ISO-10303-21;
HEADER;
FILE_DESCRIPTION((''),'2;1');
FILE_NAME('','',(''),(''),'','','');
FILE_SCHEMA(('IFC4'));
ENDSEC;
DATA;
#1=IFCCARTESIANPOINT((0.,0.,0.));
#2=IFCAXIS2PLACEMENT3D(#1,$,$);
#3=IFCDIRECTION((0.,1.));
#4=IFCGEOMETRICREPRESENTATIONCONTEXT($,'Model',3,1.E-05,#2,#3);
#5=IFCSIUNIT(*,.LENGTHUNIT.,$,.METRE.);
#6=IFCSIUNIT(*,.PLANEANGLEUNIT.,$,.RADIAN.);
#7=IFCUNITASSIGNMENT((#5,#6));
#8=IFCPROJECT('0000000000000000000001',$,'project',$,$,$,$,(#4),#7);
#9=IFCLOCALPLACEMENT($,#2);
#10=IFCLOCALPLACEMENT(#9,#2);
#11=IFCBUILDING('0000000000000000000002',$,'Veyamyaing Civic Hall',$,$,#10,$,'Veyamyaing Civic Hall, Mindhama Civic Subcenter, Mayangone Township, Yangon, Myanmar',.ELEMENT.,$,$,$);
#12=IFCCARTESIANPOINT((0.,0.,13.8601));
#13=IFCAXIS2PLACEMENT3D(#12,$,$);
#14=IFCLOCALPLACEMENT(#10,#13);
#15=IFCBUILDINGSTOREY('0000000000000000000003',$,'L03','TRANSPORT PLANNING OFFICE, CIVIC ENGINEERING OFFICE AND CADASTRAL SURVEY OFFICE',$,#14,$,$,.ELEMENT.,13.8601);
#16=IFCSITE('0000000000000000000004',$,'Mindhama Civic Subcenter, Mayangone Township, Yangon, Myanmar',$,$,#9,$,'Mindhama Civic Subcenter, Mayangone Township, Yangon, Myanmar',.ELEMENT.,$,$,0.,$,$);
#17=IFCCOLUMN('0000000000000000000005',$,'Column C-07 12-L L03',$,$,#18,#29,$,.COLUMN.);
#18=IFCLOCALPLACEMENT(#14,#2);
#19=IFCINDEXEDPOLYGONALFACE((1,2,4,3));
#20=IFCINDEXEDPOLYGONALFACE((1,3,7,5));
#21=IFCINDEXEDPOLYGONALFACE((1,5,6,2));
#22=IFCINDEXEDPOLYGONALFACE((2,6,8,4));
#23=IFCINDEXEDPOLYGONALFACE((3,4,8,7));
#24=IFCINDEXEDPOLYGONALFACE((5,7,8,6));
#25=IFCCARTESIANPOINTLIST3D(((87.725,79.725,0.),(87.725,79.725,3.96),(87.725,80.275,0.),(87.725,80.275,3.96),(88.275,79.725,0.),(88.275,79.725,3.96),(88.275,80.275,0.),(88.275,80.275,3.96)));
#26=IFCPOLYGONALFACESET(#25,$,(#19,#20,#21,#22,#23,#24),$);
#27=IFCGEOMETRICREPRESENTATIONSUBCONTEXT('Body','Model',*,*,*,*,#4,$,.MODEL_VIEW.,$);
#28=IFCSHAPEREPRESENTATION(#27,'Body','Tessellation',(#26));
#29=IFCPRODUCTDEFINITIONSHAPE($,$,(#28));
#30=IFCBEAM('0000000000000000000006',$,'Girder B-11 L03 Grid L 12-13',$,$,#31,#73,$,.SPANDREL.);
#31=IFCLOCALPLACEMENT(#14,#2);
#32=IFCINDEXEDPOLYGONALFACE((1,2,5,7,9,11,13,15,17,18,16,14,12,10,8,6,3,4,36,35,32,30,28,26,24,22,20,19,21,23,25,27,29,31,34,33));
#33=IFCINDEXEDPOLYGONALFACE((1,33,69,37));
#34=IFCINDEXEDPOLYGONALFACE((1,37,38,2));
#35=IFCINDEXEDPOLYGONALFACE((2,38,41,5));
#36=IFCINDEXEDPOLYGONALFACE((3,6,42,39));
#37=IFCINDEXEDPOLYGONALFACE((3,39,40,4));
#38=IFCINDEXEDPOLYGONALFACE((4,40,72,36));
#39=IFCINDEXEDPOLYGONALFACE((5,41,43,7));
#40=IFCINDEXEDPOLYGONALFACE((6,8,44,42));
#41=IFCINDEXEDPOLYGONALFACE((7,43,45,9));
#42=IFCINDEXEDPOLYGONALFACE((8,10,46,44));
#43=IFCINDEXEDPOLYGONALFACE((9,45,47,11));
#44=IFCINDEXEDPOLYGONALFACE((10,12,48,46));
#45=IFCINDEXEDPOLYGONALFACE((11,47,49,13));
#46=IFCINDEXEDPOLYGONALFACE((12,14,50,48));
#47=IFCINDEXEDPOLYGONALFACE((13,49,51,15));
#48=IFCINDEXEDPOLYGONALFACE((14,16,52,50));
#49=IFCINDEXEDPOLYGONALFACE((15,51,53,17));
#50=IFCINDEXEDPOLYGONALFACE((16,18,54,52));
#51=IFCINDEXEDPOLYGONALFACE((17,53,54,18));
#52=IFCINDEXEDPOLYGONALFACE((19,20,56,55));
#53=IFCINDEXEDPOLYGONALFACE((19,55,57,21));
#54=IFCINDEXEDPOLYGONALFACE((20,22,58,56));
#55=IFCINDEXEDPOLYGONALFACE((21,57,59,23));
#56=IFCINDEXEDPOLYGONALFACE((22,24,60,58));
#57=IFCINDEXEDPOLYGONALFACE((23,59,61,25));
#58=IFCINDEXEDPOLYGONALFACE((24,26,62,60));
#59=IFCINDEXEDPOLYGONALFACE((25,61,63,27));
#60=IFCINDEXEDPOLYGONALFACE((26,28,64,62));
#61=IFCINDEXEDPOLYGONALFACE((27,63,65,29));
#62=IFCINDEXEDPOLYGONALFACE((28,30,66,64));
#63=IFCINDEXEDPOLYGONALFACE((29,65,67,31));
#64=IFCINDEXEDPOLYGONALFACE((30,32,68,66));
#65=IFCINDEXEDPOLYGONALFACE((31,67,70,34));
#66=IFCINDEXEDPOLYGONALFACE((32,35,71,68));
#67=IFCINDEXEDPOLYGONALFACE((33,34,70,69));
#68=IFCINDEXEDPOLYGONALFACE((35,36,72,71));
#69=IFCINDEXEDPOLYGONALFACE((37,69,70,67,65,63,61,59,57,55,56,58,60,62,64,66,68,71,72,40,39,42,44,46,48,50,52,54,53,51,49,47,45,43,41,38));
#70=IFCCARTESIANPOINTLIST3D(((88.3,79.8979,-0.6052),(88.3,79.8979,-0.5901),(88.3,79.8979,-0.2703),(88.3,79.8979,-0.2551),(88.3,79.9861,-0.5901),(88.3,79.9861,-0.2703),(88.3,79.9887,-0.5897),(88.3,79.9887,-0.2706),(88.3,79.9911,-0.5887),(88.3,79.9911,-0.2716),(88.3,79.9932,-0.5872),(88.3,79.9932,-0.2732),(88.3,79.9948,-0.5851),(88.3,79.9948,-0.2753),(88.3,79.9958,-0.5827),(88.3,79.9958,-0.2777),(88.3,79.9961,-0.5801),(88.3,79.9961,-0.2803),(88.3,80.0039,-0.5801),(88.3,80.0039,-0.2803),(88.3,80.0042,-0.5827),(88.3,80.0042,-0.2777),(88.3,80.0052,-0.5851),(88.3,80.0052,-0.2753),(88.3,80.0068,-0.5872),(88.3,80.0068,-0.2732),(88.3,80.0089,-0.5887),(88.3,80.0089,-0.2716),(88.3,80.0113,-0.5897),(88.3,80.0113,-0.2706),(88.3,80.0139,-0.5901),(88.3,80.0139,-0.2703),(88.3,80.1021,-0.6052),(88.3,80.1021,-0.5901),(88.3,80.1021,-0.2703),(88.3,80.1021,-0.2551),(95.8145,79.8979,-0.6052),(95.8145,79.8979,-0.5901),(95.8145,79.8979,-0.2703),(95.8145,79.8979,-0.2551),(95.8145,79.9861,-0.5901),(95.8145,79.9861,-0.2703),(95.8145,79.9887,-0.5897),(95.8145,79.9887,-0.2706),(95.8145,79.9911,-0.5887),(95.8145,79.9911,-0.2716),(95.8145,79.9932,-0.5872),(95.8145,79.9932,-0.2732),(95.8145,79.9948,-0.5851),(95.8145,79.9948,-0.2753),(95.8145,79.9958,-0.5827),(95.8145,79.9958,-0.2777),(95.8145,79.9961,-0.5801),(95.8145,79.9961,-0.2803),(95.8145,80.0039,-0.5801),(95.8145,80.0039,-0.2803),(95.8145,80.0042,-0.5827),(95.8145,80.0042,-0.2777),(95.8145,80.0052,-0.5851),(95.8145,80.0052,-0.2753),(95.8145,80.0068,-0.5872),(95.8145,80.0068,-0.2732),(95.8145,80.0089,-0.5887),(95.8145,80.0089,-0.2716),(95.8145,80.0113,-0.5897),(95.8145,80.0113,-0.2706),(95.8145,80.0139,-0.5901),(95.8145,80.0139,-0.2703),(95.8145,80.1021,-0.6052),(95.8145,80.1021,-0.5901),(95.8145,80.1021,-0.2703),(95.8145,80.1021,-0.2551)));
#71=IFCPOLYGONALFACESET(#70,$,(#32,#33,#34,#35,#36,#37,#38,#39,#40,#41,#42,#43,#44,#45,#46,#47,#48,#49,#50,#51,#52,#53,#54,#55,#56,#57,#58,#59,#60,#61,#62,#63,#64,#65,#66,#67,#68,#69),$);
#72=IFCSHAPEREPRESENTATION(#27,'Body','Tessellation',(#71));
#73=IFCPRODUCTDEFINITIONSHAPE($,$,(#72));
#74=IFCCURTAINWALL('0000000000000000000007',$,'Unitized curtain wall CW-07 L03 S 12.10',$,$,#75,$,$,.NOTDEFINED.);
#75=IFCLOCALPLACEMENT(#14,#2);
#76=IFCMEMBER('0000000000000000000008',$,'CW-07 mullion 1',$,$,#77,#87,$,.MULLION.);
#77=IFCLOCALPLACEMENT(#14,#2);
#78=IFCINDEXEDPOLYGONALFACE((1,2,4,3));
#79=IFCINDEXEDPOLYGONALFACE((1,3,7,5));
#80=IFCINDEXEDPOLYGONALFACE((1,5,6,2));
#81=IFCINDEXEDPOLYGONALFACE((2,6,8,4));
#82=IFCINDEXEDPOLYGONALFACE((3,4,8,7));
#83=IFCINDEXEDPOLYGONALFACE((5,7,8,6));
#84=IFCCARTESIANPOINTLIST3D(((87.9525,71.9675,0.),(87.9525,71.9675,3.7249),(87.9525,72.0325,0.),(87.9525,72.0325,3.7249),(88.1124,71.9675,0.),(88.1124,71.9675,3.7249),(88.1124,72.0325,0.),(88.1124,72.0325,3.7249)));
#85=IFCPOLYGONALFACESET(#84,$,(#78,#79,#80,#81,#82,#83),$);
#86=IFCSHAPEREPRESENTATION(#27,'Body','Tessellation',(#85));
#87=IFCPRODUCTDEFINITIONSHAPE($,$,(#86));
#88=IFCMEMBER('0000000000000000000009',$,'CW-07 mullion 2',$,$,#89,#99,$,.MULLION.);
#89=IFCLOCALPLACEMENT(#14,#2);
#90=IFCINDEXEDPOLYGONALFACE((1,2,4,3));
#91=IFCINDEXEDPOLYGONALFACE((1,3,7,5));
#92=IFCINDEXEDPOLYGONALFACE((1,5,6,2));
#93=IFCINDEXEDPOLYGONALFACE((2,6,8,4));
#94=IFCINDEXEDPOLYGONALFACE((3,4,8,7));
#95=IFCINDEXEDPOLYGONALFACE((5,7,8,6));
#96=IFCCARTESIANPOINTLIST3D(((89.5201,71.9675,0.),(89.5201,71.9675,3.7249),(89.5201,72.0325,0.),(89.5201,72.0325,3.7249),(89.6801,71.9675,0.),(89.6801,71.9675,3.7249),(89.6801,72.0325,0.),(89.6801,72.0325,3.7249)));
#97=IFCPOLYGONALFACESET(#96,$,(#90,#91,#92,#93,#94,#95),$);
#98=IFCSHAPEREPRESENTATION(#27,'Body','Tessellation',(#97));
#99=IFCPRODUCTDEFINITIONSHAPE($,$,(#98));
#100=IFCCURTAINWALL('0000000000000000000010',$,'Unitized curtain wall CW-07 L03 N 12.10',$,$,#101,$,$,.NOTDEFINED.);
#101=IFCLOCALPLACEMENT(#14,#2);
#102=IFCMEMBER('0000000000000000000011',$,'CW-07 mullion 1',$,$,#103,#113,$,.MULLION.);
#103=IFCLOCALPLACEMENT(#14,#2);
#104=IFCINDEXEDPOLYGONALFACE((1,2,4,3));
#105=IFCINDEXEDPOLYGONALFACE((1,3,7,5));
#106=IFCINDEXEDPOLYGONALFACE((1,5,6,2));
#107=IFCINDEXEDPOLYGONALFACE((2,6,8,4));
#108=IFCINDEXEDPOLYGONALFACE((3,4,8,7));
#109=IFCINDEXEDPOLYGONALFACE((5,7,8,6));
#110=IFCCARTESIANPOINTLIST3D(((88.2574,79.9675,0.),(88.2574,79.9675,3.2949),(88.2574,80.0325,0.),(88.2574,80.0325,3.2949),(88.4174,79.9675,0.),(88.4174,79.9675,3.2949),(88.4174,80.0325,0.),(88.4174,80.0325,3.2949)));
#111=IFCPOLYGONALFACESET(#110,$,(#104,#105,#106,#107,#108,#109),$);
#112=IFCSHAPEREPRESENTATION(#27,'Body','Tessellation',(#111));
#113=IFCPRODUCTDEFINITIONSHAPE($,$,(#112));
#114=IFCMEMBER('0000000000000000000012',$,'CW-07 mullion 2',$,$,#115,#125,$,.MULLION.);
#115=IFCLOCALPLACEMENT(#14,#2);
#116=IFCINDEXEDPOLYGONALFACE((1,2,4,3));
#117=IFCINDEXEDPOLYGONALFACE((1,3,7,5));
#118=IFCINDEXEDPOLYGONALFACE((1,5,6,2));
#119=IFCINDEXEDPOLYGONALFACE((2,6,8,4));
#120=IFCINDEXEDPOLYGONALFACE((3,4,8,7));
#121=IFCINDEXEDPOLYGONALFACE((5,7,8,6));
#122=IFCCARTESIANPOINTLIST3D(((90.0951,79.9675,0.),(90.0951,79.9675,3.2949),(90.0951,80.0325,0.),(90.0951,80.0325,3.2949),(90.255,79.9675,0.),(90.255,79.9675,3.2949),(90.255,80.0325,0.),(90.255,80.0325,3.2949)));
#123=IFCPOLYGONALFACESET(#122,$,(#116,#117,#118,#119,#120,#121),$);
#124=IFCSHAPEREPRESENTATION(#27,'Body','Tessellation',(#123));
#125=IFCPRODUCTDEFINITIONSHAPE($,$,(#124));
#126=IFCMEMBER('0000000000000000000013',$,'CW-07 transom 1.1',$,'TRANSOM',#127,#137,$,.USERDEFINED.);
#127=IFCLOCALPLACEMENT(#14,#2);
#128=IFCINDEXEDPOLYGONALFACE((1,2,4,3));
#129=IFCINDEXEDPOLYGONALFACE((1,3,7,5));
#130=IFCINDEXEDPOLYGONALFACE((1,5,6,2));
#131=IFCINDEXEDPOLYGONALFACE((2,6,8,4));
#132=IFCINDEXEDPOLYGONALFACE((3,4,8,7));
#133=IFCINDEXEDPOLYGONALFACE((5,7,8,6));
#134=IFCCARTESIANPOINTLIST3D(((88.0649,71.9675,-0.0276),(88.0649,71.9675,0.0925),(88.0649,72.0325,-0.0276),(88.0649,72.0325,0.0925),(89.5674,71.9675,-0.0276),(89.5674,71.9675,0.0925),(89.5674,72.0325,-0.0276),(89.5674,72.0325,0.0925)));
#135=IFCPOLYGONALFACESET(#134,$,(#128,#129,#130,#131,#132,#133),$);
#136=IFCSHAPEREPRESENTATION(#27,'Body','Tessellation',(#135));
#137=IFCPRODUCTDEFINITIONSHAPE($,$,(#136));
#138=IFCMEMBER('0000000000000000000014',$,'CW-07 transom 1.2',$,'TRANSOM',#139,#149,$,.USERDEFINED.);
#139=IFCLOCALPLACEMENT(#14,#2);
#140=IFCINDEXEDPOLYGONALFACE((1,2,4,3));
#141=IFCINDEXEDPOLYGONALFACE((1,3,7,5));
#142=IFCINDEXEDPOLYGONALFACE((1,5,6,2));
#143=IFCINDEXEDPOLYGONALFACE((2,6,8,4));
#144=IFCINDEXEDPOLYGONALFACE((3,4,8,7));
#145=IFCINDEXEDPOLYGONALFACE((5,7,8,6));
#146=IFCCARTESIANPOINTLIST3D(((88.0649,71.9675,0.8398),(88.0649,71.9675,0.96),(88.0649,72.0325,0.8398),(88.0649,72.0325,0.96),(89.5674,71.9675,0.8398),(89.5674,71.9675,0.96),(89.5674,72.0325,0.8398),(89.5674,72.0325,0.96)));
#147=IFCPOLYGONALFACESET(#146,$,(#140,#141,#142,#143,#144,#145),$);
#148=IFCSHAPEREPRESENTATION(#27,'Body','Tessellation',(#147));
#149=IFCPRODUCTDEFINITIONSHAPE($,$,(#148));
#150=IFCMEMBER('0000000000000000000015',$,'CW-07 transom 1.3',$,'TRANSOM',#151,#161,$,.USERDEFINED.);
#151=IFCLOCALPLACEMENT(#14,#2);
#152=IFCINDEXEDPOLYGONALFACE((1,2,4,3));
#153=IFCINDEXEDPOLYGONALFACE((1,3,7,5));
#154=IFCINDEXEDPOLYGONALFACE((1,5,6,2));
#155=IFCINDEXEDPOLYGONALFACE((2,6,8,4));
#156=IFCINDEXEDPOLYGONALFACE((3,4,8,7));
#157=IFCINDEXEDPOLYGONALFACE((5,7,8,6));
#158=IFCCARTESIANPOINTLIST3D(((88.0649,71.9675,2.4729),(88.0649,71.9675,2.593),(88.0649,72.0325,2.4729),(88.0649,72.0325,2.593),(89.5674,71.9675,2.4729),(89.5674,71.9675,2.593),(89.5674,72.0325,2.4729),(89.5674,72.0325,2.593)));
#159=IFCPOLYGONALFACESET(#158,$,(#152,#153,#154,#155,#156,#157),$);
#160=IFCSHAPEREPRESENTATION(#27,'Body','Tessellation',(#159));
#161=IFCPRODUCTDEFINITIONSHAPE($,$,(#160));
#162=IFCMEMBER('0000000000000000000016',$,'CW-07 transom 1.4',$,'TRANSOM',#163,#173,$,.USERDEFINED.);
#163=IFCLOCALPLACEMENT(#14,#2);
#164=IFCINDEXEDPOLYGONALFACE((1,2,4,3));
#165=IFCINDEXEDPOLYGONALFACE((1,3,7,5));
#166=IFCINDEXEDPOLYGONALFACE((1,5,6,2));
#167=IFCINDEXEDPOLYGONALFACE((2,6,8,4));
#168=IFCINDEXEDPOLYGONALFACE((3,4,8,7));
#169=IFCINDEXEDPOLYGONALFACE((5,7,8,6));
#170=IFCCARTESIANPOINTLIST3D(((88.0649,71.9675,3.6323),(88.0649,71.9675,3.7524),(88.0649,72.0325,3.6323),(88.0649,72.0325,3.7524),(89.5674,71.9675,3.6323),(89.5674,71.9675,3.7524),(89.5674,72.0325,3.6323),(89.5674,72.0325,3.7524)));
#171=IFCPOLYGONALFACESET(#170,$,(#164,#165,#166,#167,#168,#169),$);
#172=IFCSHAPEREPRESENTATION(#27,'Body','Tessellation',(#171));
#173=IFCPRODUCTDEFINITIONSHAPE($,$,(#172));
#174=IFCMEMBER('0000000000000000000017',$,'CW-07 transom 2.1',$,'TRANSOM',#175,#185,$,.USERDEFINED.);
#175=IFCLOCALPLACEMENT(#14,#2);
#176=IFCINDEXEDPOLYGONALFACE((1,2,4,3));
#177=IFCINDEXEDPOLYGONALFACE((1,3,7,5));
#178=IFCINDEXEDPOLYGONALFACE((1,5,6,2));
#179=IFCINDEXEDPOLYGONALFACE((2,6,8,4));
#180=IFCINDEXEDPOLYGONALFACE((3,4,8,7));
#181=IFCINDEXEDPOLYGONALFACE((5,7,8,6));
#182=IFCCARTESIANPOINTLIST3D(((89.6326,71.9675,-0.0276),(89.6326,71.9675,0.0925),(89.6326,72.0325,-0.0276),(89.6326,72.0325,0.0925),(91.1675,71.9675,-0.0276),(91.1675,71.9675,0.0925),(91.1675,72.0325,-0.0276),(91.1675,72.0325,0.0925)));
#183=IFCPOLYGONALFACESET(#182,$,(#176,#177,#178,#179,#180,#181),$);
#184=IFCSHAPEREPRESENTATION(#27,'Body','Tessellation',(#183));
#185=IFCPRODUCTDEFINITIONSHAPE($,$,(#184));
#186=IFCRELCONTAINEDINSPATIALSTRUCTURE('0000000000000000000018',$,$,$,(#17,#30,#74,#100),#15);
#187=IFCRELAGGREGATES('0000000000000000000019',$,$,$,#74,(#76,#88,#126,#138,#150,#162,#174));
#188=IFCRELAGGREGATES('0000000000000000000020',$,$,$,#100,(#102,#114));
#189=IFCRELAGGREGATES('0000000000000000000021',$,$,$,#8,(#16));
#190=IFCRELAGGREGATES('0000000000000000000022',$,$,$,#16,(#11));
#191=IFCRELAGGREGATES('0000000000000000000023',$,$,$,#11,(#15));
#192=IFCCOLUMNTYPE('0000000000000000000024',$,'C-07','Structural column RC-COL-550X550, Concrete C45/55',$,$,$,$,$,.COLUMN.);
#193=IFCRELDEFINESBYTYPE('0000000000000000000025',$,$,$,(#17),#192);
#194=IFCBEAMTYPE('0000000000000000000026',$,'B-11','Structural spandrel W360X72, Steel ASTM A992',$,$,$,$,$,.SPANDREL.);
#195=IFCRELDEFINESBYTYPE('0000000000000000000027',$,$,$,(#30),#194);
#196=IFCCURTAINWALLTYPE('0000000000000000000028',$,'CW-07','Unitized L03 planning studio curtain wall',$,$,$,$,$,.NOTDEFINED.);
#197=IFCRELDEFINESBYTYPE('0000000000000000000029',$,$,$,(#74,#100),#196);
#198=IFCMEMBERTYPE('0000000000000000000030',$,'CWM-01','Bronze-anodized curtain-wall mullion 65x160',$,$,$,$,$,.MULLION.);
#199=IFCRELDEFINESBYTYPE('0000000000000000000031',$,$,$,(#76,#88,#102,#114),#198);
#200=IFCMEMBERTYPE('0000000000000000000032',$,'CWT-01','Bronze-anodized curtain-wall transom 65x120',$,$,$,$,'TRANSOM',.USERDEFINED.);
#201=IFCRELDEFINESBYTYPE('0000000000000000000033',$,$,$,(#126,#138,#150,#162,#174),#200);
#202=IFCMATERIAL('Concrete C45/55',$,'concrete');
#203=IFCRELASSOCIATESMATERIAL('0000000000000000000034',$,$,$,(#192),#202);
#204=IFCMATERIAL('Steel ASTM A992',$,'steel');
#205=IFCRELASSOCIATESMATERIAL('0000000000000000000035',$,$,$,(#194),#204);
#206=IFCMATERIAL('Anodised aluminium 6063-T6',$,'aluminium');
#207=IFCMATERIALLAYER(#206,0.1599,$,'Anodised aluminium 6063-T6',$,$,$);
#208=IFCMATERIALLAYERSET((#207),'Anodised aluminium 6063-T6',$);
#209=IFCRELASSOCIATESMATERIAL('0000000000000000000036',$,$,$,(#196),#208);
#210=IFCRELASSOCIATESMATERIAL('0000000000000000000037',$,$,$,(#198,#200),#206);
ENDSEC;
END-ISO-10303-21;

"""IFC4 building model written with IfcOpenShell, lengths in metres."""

from ifc_helpers import new_model, si_unit, direction, frame, origin, origin_2d, place, context, subcontext, project, spatial, rectangle, i_section, extrude, material, layer, layer_set, material_profile, profile_set, type_object, element, aggregate, save


model = new_model("IFC4")

# Units and contexts
model_context = context("Model", 3, precision=1e-05, world=origin(), true_north=direction((0.0, 1.0)))
body_context = subcontext(model_context, "Body", "Model", "MODEL_VIEW")
ifc_project = project(units=[si_unit("LENGTHUNIT", "METRE"), si_unit("PLANEANGLEUNIT", "RADIAN")], contexts=[model_context])

# Site, building, storey
site_placement = place(None, origin())
site = spatial("IfcSite", under=ifc_project, at=site_placement, Name="Mindhama Civic Subcenter, Mayangone Township, Yangon, Myanmar", LongName="Mindhama Civic Subcenter, Mayangone Township, Yangon, Myanmar", CompositionType="ELEMENT", RefElevation=0.0)
building_placement = place(site_placement, origin())
building = spatial("IfcBuilding", under=site, at=building_placement, Name="Veyamyaing Civic Hall", LongName="Veyamyaing Civic Hall, Mindhama Civic Subcenter, Mayangone Township, Yangon, Myanmar", CompositionType="ELEMENT")
storey_placement = place(building_placement, frame((0.0, 0.0, 13.8601)))
storey = spatial("IfcBuildingStorey", under=building, at=storey_placement, Name="L03", Description="TRANSPORT PLANNING OFFICE, CIVIC ENGINEERING OFFICE AND CADASTRAL SURVEY OFFICE", CompositionType="ELEMENT", Elevation=13.8601)

# Column
ifc_material_1 = material(Name="Concrete C45/55", Category="concrete")
ifc_material_profile_1 = material_profile(ifc_material_1, rectangle(XDim=0.55, YDim=0.55, at=origin_2d()), Name="RC-COL-550X550")
ifc_profile_set_1 = profile_set([ifc_material_profile_1], Name="Concrete C45/55")
column_type = type_object("IfcColumnType", Name="C-07", Description="Structural column RC-COL-550X550, Concrete C45/55", PredefinedType="COLUMN", material=ifc_profile_set_1)
column_placement = place(storey_placement, frame((88.0, 80.0, 0.0), z_axis=(0.0, 0.0, 1.0), x_axis=(1.0, 0.0, 0.0)))
element("IfcColumn", 1, at=column_placement, inside=storey, type_object=column_type, Name="Column C-07 12-L L03", PredefinedType="COLUMN", context=body_context, shape_type="SweptSolid", body=[
    extrude(rectangle(XDim=0.55, YDim=0.55, at=origin_2d()), origin(), (0.0, 0.0, 1.0), 3.96),
])

# Beam
ifc_material_2 = material(Name="Steel ASTM A992", Category="steel")
ifc_material_profile_2 = material_profile(ifc_material_2, i_section(OverallWidth=0.2041, OverallDepth=0.3501, WebThickness=0.0078, FlangeThickness=0.0151, FilletRadius=0.01, at=origin_2d()), Name="W360X72")
ifc_profile_set_2 = profile_set([ifc_material_profile_2], Name="Steel ASTM A992")
beam_type = type_object("IfcBeamType", Name="B-11", Description="Structural spandrel W360X72, Steel ASTM A992", PredefinedType="SPANDREL", material=ifc_profile_set_2)
beam_placement = place(storey_placement, frame((88.3, 80.0, -0.4302), z_axis=(1.0, 0.0, 0.0), x_axis=(0.0, 1.0, 0.0)))
element("IfcBeam", 2, at=beam_placement, inside=storey, type_object=beam_type, Name="Girder B-11 L03 Grid L 12-13", PredefinedType="SPANDREL", context=body_context, shape_type="SweptSolid", body=[
    extrude(i_section(OverallWidth=0.2041, OverallDepth=0.3501, WebThickness=0.0078, FlangeThickness=0.0151, FilletRadius=0.01, at=origin_2d()), origin(), (0.0, 0.0, 1.0), 7.5144),
])

# Curtain walls, members
ifc_material_3 = material(Name="Anodised aluminium 6063-T6", Category="aluminium")
ifc_layer_1 = layer(ifc_material_3, 0.1599, Name="Anodised aluminium 6063-T6")
ifc_layer_set_1 = layer_set([ifc_layer_1], Name="Anodised aluminium 6063-T6")
curtain_wall_type = type_object("IfcCurtainWallType", Name="CW-07", Description="Unitized L03 planning studio curtain wall", PredefinedType="NOTDEFINED", material=ifc_layer_set_1)
curtain_wall_1_placement = place(storey_placement, origin())
curtain_wall_1 = element("IfcCurtainWall", 3, at=curtain_wall_1_placement, inside=storey, type_object=curtain_wall_type, Name="Unitized curtain wall CW-07 L03 S 12.10", PredefinedType="NOTDEFINED")
ifc_material_profile_3 = material_profile(ifc_material_3, rectangle(XDim=0.0649, YDim=0.1599, at=origin_2d()), Name="ALU-MUL-65X160")
ifc_profile_set_3 = profile_set([ifc_material_profile_3], Name="Anodised aluminium 6063-T6")
member_type_1 = type_object("IfcMemberType", Name="CWM-01", Description="Bronze-anodized curtain-wall mullion 65x160", PredefinedType="MULLION", material=ifc_profile_set_3)
member_1_placement = place(storey_placement, frame((88.0325, 72.0, 0.0), z_axis=(0.0, 0.0, 1.0), x_axis=(0.0, 1.0, 0.0)))
member_1 = element("IfcMember", 4, at=member_1_placement, type_object=member_type_1, Name="CW-07 mullion 1", PredefinedType="MULLION", context=body_context, shape_type="SweptSolid", body=[
    extrude(rectangle(XDim=0.0649, YDim=0.1599, at=origin_2d()), origin(), (0.0, 0.0, 1.0), 3.7249),
])
member_2_placement = place(storey_placement, frame((89.6001, 72.0, 0.0), z_axis=(0.0, 0.0, 1.0), x_axis=(0.0, 1.0, 0.0)))
member_2 = element("IfcMember", 5, at=member_2_placement, type_object=member_type_1, Name="CW-07 mullion 2", PredefinedType="MULLION", context=body_context, shape_type="SweptSolid", body=[
    extrude(rectangle(XDim=0.0649, YDim=0.1599, at=origin_2d()), origin(), (0.0, 0.0, 1.0), 3.7249),
])
curtain_wall_2_placement = place(storey_placement, origin())
curtain_wall_2 = element("IfcCurtainWall", 6, at=curtain_wall_2_placement, inside=storey, type_object=curtain_wall_type, Name="Unitized curtain wall CW-07 L03 N 12.10", PredefinedType="NOTDEFINED")
member_3_placement = place(storey_placement, frame((88.3374, 80.0, 0.0), z_axis=(0.0, 0.0, 1.0), x_axis=(0.0, 1.0, 0.0)))
member_3 = element("IfcMember", 7, at=member_3_placement, type_object=member_type_1, Name="CW-07 mullion 1", PredefinedType="MULLION", context=body_context, shape_type="SweptSolid", body=[
    extrude(rectangle(XDim=0.0649, YDim=0.1599, at=origin_2d()), origin(), (0.0, 0.0, 1.0), 3.2949),
])
member_4_placement = place(storey_placement, frame((90.175, 80.0, 0.0), z_axis=(0.0, 0.0, 1.0), x_axis=(0.0, 1.0, 0.0)))
member_4 = element("IfcMember", 8, at=member_4_placement, type_object=member_type_1, Name="CW-07 mullion 2", PredefinedType="MULLION", context=body_context, shape_type="SweptSolid", body=[
    extrude(rectangle(XDim=0.0649, YDim=0.1599, at=origin_2d()), origin(), (0.0, 0.0, 1.0), 3.2949),
])

# Members
ifc_material_profile_4 = material_profile(ifc_material_3, rectangle(XDim=0.0649, YDim=0.1201, at=origin_2d()), Name="ALU-TRN-65X120")
ifc_profile_set_4 = profile_set([ifc_material_profile_4], Name="Anodised aluminium 6063-T6")
member_type_2 = type_object("IfcMemberType", Name="CWT-01", Description="Bronze-anodized curtain-wall transom 65x120", ElementType="TRANSOM", PredefinedType="USERDEFINED", material=ifc_profile_set_4)
member_5_placement = place(storey_placement, frame((88.0649, 72.0, 0.0325), z_axis=(1.0, 0.0, 0.0), x_axis=(0.0, 1.0, 0.0)))
member_5 = element("IfcMember", 9, at=member_5_placement, type_object=member_type_2, Name="CW-07 transom 1.1", ObjectType="TRANSOM", PredefinedType="USERDEFINED", context=body_context, shape_type="SweptSolid", body=[
    extrude(rectangle(XDim=0.0649, YDim=0.1201, at=origin_2d()), origin(), (0.0, 0.0, 1.0), 1.5024),
])
member_6_placement = place(storey_placement, frame((88.0649, 72.0, 0.8999), z_axis=(1.0, 0.0, 0.0), x_axis=(0.0, 1.0, 0.0)))
member_6 = element("IfcMember", 10, at=member_6_placement, type_object=member_type_2, Name="CW-07 transom 1.2", ObjectType="TRANSOM", PredefinedType="USERDEFINED", context=body_context, shape_type="SweptSolid", body=[
    extrude(rectangle(XDim=0.0649, YDim=0.1201, at=origin_2d()), origin(), (0.0, 0.0, 1.0), 1.5024),
])
member_7_placement = place(storey_placement, frame((88.0649, 72.0, 2.533), z_axis=(1.0, 0.0, 0.0), x_axis=(0.0, 1.0, 0.0)))
member_7 = element("IfcMember", 11, at=member_7_placement, type_object=member_type_2, Name="CW-07 transom 1.3", ObjectType="TRANSOM", PredefinedType="USERDEFINED", context=body_context, shape_type="SweptSolid", body=[
    extrude(rectangle(XDim=0.0649, YDim=0.1201, at=origin_2d()), origin(), (0.0, 0.0, 1.0), 1.5024),
])
member_8_placement = place(storey_placement, frame((88.0649, 72.0, 3.6924), z_axis=(1.0, 0.0, 0.0), x_axis=(0.0, 1.0, 0.0)))
member_8 = element("IfcMember", 12, at=member_8_placement, type_object=member_type_2, Name="CW-07 transom 1.4", ObjectType="TRANSOM", PredefinedType="USERDEFINED", context=body_context, shape_type="SweptSolid", body=[
    extrude(rectangle(XDim=0.0649, YDim=0.1201, at=origin_2d()), origin(), (0.0, 0.0, 1.0), 1.5024),
])
member_9_placement = place(storey_placement, frame((89.6326, 72.0, 0.0325), z_axis=(1.0, 0.0, 0.0), x_axis=(0.0, 1.0, 0.0)))
member_9 = element("IfcMember", 13, at=member_9_placement, type_object=member_type_2, Name="CW-07 transom 2.1", ObjectType="TRANSOM", PredefinedType="USERDEFINED", context=body_context, shape_type="SweptSolid", body=[
    extrude(rectangle(XDim=0.0649, YDim=0.1201, at=origin_2d()), origin(), (0.0, 0.0, 1.0), 1.5349),
])

aggregate(curtain_wall_1, [member_1, member_2, member_5, member_6, member_7, member_8, member_9])
aggregate(curtain_wall_2, [member_3, member_4])

save(model, "model.ifc")
